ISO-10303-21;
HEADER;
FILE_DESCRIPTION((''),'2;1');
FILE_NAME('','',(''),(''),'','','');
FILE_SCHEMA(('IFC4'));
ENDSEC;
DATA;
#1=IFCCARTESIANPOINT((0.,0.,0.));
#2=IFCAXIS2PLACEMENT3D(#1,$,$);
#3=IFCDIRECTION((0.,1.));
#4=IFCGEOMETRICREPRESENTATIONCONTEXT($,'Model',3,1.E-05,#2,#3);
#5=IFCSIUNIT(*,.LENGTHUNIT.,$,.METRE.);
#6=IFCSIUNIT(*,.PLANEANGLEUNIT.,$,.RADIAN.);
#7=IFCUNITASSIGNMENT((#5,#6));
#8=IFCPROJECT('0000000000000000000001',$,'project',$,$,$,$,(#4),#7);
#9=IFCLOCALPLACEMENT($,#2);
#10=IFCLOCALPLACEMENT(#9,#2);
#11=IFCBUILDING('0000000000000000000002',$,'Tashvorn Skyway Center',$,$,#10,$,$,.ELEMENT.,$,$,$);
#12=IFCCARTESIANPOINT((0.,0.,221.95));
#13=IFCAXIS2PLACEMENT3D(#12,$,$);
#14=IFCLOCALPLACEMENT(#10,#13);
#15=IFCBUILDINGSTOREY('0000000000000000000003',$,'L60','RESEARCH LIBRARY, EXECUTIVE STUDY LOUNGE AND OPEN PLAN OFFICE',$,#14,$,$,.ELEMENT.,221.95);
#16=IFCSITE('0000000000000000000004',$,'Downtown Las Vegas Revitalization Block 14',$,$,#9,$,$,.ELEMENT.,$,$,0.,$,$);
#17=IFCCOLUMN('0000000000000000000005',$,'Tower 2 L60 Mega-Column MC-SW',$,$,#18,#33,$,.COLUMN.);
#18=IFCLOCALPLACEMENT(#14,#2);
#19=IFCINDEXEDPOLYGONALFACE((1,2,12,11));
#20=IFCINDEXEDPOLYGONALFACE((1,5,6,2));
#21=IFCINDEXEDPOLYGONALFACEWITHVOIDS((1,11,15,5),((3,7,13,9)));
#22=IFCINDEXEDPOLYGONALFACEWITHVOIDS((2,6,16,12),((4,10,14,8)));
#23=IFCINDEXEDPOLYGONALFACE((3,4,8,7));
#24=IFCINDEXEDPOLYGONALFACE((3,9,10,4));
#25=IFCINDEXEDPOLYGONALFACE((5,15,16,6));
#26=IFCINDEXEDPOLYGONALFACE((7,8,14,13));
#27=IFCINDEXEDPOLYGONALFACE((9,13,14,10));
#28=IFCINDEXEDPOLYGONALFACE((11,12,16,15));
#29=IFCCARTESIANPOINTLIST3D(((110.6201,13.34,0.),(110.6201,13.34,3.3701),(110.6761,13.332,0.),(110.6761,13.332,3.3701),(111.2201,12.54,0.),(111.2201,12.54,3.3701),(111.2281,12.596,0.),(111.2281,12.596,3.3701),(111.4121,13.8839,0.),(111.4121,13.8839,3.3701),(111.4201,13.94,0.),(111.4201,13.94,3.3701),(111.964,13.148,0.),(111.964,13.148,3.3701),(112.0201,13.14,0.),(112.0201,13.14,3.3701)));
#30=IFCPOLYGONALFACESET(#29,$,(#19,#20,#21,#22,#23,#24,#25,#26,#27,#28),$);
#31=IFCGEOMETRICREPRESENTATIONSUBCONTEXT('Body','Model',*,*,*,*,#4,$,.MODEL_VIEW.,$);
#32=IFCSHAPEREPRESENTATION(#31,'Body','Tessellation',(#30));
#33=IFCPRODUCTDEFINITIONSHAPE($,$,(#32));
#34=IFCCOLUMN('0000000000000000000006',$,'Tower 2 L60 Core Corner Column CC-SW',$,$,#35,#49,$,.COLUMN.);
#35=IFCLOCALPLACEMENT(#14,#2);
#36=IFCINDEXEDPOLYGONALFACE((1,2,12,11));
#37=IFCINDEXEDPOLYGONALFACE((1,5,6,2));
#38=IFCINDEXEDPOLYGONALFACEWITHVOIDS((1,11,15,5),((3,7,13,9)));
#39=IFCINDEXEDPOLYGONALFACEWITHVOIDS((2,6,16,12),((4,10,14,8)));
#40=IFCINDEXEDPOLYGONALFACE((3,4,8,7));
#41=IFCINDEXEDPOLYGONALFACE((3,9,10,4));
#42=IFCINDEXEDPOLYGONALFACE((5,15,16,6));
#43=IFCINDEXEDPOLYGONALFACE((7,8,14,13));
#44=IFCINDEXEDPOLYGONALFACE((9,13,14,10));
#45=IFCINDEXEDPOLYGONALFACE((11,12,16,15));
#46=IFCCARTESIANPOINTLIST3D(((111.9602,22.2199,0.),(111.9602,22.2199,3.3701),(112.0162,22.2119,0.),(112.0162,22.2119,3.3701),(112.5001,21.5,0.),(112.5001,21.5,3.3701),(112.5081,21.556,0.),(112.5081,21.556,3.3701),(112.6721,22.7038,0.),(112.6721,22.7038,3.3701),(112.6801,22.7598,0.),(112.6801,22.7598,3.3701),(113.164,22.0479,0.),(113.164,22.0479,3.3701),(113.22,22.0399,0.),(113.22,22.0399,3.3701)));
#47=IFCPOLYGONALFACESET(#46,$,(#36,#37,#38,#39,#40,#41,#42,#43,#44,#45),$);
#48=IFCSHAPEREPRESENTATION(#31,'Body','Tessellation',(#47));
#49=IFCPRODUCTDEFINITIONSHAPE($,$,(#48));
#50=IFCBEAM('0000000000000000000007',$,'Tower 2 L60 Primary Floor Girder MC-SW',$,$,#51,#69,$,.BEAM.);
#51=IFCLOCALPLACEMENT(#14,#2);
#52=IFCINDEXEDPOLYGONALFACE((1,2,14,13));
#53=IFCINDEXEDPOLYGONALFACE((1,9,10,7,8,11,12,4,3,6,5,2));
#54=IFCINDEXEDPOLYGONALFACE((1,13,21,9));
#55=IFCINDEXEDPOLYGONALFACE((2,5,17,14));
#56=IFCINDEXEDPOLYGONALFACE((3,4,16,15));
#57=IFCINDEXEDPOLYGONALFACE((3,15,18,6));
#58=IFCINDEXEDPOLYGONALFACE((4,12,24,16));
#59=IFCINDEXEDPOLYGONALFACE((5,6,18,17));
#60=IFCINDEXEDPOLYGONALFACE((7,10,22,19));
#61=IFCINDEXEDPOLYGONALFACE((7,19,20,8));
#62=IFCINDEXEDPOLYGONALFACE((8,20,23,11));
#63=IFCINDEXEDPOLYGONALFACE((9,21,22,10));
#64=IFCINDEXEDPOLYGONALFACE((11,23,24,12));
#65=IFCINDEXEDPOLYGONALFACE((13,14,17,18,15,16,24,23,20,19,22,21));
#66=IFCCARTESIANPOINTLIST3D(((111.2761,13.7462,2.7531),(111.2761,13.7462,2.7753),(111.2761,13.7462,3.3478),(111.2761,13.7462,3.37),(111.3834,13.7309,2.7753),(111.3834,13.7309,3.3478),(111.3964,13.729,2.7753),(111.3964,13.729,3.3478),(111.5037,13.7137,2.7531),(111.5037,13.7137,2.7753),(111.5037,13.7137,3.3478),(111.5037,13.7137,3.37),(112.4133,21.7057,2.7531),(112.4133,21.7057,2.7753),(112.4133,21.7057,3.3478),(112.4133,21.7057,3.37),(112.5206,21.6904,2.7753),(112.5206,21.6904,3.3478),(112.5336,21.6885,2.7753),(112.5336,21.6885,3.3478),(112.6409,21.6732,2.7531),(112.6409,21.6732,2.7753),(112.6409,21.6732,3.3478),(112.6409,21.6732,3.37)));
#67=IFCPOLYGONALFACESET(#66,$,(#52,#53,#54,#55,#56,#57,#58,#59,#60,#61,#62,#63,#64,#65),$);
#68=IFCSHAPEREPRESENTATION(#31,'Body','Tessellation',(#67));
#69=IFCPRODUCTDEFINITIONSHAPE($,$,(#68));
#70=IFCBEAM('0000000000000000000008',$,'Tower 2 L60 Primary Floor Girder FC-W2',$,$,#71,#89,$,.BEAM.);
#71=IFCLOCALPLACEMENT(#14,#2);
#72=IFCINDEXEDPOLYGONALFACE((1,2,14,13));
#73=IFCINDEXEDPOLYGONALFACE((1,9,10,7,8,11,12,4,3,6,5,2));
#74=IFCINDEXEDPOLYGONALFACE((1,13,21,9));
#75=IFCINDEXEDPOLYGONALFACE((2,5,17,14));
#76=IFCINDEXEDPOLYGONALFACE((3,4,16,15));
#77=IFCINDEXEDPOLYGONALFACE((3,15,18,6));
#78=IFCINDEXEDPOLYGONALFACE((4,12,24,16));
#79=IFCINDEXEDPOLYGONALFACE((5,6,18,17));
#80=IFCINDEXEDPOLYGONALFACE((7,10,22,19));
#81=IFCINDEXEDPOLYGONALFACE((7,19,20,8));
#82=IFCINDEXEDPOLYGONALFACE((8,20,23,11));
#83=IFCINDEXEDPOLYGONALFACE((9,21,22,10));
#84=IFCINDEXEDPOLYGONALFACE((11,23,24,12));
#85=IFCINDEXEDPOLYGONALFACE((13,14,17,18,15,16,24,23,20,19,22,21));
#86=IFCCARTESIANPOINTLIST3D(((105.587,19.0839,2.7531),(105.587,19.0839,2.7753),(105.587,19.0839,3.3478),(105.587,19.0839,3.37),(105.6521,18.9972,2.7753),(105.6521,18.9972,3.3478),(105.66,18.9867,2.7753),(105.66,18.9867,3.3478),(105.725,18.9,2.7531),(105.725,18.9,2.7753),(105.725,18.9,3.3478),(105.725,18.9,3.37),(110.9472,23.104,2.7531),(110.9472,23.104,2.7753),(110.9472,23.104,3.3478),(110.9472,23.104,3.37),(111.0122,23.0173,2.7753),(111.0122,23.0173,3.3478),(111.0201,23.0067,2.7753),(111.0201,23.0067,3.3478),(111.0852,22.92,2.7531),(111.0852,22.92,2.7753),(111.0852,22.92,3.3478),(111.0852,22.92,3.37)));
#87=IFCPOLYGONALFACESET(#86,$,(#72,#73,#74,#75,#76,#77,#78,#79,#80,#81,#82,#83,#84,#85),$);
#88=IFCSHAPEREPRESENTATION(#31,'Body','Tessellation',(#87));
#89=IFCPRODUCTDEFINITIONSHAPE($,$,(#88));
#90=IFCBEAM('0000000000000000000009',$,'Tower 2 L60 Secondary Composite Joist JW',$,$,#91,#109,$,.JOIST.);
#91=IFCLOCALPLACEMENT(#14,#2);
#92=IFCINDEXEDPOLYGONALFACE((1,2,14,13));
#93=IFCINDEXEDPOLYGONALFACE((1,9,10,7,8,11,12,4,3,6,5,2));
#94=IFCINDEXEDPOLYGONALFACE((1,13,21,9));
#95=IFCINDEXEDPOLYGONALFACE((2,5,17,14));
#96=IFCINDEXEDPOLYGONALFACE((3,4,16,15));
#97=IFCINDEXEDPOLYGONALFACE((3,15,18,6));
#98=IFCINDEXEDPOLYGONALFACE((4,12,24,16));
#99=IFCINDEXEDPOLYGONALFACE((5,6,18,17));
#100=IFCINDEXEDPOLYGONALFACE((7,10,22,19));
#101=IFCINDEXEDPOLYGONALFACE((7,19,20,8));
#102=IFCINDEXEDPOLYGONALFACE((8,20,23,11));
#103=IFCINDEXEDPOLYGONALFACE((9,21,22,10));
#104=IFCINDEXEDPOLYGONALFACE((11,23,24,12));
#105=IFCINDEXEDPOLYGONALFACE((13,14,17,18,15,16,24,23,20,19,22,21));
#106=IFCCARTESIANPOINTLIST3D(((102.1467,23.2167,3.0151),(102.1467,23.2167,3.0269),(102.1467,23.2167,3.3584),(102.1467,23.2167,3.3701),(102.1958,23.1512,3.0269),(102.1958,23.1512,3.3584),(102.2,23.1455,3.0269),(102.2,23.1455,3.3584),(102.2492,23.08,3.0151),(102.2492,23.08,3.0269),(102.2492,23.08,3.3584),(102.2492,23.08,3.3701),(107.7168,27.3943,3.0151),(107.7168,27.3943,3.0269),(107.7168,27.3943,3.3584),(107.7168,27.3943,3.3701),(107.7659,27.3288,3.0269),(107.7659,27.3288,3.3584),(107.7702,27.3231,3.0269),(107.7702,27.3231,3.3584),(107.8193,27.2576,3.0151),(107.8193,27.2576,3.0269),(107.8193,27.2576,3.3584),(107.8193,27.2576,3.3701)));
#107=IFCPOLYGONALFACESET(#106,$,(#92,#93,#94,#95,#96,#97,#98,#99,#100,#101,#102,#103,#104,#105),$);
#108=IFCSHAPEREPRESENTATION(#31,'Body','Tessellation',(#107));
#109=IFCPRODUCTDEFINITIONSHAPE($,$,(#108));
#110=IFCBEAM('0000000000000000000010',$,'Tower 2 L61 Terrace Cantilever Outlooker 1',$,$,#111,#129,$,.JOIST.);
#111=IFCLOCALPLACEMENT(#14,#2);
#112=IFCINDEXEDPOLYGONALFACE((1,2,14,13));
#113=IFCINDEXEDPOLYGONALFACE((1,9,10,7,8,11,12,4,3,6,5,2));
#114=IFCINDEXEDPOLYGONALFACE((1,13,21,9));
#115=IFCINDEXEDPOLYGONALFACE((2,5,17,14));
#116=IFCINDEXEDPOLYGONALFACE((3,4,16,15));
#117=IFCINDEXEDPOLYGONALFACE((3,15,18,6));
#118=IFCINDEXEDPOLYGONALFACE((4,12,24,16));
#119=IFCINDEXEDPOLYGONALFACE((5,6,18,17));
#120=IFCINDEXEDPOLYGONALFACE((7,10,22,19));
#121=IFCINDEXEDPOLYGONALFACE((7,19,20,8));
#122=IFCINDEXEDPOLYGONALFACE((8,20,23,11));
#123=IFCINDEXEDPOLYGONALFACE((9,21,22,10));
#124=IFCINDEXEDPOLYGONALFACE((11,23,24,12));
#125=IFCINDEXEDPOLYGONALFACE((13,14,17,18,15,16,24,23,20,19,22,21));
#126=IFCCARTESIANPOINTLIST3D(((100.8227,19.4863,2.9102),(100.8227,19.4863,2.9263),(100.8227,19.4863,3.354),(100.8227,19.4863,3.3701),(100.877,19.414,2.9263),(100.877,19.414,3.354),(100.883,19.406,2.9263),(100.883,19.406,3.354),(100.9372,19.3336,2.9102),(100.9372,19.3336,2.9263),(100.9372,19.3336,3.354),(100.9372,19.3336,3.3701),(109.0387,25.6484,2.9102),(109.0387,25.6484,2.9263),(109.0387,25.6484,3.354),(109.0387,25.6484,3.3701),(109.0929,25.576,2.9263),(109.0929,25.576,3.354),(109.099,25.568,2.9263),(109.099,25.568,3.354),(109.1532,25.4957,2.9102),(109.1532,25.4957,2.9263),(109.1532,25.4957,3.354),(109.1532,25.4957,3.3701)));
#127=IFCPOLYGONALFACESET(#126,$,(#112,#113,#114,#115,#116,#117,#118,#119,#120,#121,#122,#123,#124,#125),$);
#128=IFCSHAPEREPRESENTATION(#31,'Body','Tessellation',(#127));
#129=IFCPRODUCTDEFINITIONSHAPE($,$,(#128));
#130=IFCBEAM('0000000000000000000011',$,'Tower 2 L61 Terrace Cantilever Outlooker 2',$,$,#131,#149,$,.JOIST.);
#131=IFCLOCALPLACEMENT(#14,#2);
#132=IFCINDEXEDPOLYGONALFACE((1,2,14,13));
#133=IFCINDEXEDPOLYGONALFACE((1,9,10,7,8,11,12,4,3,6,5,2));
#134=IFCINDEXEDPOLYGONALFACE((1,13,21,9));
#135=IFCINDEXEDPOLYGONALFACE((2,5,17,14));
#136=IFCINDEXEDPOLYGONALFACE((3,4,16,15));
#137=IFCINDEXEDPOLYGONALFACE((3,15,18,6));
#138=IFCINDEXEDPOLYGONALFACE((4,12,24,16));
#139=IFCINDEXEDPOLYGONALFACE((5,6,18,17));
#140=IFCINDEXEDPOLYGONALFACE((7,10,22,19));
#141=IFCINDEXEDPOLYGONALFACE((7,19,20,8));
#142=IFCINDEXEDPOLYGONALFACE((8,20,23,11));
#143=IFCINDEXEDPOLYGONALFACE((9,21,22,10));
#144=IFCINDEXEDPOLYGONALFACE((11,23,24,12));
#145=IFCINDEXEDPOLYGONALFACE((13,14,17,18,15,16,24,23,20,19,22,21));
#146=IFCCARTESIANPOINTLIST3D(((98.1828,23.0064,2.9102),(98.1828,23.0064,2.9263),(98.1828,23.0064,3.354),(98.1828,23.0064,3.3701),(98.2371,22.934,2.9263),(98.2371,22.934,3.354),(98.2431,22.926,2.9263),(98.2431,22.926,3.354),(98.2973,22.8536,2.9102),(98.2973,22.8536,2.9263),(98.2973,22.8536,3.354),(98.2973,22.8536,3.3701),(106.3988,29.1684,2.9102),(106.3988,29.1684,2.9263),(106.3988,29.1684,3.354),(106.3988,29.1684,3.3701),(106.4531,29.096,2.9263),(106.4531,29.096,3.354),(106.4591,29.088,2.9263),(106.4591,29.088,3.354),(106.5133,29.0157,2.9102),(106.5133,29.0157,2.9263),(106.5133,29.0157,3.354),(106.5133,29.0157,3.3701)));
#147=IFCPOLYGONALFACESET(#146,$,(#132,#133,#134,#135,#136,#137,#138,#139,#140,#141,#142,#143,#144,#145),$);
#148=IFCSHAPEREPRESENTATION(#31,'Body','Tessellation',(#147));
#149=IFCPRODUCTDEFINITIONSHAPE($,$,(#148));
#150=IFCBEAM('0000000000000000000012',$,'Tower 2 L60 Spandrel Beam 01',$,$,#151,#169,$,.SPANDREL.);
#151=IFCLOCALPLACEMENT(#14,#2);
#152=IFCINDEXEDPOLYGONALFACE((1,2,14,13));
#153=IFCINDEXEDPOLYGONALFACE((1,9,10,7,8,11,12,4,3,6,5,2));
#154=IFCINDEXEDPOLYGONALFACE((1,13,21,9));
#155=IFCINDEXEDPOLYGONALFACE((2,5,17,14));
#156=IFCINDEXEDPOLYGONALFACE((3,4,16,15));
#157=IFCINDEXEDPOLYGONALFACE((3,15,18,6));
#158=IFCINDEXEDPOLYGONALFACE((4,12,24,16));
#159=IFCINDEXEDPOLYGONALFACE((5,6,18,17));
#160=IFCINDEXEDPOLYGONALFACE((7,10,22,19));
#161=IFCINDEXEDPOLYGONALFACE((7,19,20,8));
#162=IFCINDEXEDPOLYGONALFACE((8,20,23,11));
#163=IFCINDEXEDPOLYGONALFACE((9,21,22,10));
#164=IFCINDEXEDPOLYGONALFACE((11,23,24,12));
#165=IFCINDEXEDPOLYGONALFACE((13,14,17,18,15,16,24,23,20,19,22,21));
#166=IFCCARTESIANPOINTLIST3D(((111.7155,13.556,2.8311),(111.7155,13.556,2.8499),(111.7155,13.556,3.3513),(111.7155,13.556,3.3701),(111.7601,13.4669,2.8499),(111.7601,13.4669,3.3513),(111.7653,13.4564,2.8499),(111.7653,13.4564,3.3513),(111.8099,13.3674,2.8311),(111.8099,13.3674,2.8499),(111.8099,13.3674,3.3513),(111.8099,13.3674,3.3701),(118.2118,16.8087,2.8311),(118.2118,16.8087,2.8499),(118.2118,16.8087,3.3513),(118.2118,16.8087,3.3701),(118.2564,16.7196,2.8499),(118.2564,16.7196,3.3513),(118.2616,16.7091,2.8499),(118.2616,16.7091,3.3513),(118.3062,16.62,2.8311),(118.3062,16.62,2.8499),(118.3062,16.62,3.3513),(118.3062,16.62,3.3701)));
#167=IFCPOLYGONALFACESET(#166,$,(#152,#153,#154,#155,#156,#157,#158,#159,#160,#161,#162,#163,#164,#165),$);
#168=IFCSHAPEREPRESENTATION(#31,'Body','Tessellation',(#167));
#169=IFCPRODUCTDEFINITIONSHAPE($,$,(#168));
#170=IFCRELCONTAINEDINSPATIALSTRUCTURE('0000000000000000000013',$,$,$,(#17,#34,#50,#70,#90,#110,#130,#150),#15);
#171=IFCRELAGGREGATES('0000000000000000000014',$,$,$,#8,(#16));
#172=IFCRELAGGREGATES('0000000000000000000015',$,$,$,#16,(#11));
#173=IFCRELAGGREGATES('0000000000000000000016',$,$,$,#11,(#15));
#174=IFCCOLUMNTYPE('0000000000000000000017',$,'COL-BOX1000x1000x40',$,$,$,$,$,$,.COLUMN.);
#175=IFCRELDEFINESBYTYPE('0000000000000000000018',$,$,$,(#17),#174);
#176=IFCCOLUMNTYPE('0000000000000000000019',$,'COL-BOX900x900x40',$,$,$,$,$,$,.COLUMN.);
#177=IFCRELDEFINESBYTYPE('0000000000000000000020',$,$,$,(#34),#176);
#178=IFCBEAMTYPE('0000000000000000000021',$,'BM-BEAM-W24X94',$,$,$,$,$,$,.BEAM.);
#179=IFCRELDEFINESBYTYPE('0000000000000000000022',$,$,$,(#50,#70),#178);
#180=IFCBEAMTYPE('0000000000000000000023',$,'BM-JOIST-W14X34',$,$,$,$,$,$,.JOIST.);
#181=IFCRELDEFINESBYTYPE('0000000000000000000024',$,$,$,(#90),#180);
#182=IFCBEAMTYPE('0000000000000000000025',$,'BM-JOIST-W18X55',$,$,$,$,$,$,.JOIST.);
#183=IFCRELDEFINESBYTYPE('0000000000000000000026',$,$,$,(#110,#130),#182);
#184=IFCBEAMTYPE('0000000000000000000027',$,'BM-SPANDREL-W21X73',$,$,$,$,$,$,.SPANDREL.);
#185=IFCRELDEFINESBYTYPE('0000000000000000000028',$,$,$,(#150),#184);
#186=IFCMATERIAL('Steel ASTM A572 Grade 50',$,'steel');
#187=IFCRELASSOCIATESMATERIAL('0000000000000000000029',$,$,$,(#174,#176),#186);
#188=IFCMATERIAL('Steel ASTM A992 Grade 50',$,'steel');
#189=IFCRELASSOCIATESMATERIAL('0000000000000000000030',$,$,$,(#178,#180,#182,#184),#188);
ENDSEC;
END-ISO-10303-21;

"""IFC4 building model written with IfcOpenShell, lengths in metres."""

from ifc_helpers import new_model, si_unit, direction, frame, origin, origin_2d, place, context, subcontext, project, spatial, hollow_rectangle, i_section, extrude, material, material_profile, profile_set, type_object, element, save


model = new_model("IFC4")

# Units and contexts
model_context = context("Model", 3, precision=1e-05, world=origin(), true_north=direction((0.0, 1.0)))
body_context = subcontext(model_context, "Body", "Model", "MODEL_VIEW")
ifc_project = project(units=[si_unit("LENGTHUNIT", "METRE"), si_unit("PLANEANGLEUNIT", "RADIAN")], contexts=[model_context])

# Site, building, storey
site_placement = place(None, origin())
site = spatial("IfcSite", under=ifc_project, at=site_placement, Name="Downtown Las Vegas Revitalization Block 14", CompositionType="ELEMENT", RefElevation=0.0)
building_placement = place(site_placement, origin())
building = spatial("IfcBuilding", under=site, at=building_placement, Name="Tashvorn Skyway Center", CompositionType="ELEMENT")
storey_placement = place(building_placement, frame((0.0, 0.0, 221.95)))
storey = spatial("IfcBuildingStorey", under=building, at=storey_placement, Name="L60", Description="RESEARCH LIBRARY, EXECUTIVE STUDY LOUNGE AND OPEN PLAN OFFICE", CompositionType="ELEMENT", Elevation=221.95)

# Columns
ifc_material_1 = material(Name="Steel ASTM A572 Grade 50", Category="steel")
ifc_material_profile_1 = material_profile(ifc_material_1, hollow_rectangle(XDim=1.0, YDim=1.0, WallThickness=0.04, at=origin_2d()), Name="BOX1000x1000x40")
ifc_profile_set_1 = profile_set([ifc_material_profile_1], Name="Steel ASTM A572 Grade 50")
column_type_1 = type_object("IfcColumnType", Name="COL-BOX1000x1000x40", PredefinedType="COLUMN", material=ifc_profile_set_1)
column_1_placement = place(storey_placement, frame((111.3201, 13.24, 0.0), z_axis=(0.0, 0.0, 1.0), x_axis=(0.8, 0.6, 0.0)))
element("IfcColumn", 1, at=column_1_placement, inside=storey, type_object=column_type_1, Name="Tower 2 L60 Mega-Column MC-SW", PredefinedType="COLUMN", context=body_context, shape_type="SweptSolid", body=[
    extrude(hollow_rectangle(XDim=1.0, YDim=1.0, WallThickness=0.04, at=origin_2d()), origin(), (0.0, 0.0, 1.0), 3.3701),
])
ifc_material_profile_2 = material_profile(ifc_material_1, hollow_rectangle(XDim=0.8999, YDim=0.8999, WallThickness=0.04, at=origin_2d()), Name="BOX900x900x40")
ifc_profile_set_2 = profile_set([ifc_material_profile_2], Name="Steel ASTM A572 Grade 50")
column_type_2 = type_object("IfcColumnType", Name="COL-BOX900x900x40", PredefinedType="COLUMN", material=ifc_profile_set_2)
column_2_placement = place(storey_placement, frame((112.5901, 22.1299, 0.0), z_axis=(0.0, 0.0, 1.0), x_axis=(0.8, 0.6, 0.0)))
element("IfcColumn", 2, at=column_2_placement, inside=storey, type_object=column_type_2, Name="Tower 2 L60 Core Corner Column CC-SW", PredefinedType="COLUMN", context=body_context, shape_type="SweptSolid", body=[
    extrude(hollow_rectangle(XDim=0.8999, YDim=0.8999, WallThickness=0.04, at=origin_2d()), origin(), (0.0, 0.0, 1.0), 3.3701),
])

# Beams
ifc_material_2 = material(Name="Steel ASTM A992 Grade 50", Category="steel")
ifc_material_profile_3 = material_profile(ifc_material_2, i_section(OverallWidth=0.23, OverallDepth=0.6169, WebThickness=0.0132, FlangeThickness=0.0222, at=origin_2d()), Name="W24X94")
ifc_profile_set_3 = profile_set([ifc_material_profile_3], Name="Steel ASTM A992 Grade 50")
beam_type_1 = type_object("IfcBeamType", Name="BM-BEAM-W24X94", PredefinedType="BEAM", material=ifc_profile_set_3)
beam_1_placement = place(storey_placement, frame((111.3899, 13.73, 3.0615), z_axis=(0.141438, 0.989947, 0.0), x_axis=(-0.989947, 0.141438, 0.0)))
element("IfcBeam", 3, at=beam_1_placement, inside=storey, type_object=beam_type_1, Name="Tower 2 L60 Primary Floor Girder MC-SW", PredefinedType="BEAM", context=body_context, shape_type="SweptSolid", body=[
    extrude(i_section(OverallWidth=0.23, OverallDepth=0.6169, WebThickness=0.0132, FlangeThickness=0.0222, at=origin_2d()), origin(), (0.0, 0.0, 1.0), 8.0403),
])
beam_2_placement = place(storey_placement, frame((105.656, 18.9919, 3.0615), z_axis=(0.800004, 0.599994, 0.0), x_axis=(-0.599994, 0.800004, 0.0)))
element("IfcBeam", 4, at=beam_2_placement, inside=storey, type_object=beam_type_1, Name="Tower 2 L60 Primary Floor Girder FC-W2", PredefinedType="BEAM", context=body_context, shape_type="SweptSolid", body=[
    extrude(i_section(OverallWidth=0.23, OverallDepth=0.6169, WebThickness=0.0132, FlangeThickness=0.0222, at=origin_2d()), origin(), (0.0, 0.0, 1.0), 6.7002),
])
ifc_material_profile_4 = material_profile(ifc_material_2, i_section(OverallWidth=0.1709, OverallDepth=0.355, WebThickness=0.0071, FlangeThickness=0.0117, at=origin_2d()), Name="W14X34")
ifc_profile_set_4 = profile_set([ifc_material_profile_4], Name="Steel ASTM A992 Grade 50")
beam_type_2 = type_object("IfcBeamType", Name="BM-JOIST-W14X34", PredefinedType="JOIST", material=ifc_profile_set_4)
beam_3_placement = place(storey_placement, frame((107.7681, 27.3259, 3.1926), z_axis=(-0.800004, -0.599994, 0.0), x_axis=(0.599994, -0.800004, 0.0)))
element("IfcBeam", 5, at=beam_3_placement, inside=storey, type_object=beam_type_2, Name="Tower 2 L60 Secondary Composite Joist JW", PredefinedType="JOIST", context=body_context, shape_type="SweptSolid", body=[
    extrude(i_section(OverallWidth=0.1709, OverallDepth=0.355, WebThickness=0.0071, FlangeThickness=0.0117, at=origin_2d()), origin(), (0.0, 0.0, 1.0), 6.9626),
])
ifc_material_profile_5 = material_profile(ifc_material_2, i_section(OverallWidth=0.1909, OverallDepth=0.46, WebThickness=0.01, FlangeThickness=0.0161, at=origin_2d()), Name="W18X55")
ifc_profile_set_5 = profile_set([ifc_material_profile_5], Name="Steel ASTM A992 Grade 50")
beam_type_3 = type_object("IfcBeamType", Name="BM-JOIST-W18X55", PredefinedType="JOIST", material=ifc_profile_set_5)
for number, where, z_axis, x_axis, name in (
    (6, (109.0959, 25.572, 3.1401), (-0.799997, -0.600004, 0.0), (0.600004, -0.799997, 0.0), "Tower 2 L61 Terrace Cantilever Outlooker 1"),
    (7, (106.4561, 29.092, 3.1401), (-0.799997, -0.600004, 0.0), (0.600004, -0.799997, 0.0), "Tower 2 L61 Terrace Cantilever Outlooker 2"),
):
    element("IfcBeam", number, at=place(storey_placement, frame(where, z_axis=z_axis, x_axis=x_axis)), inside=storey, type_object=beam_type_3, Name=name, PredefinedType="JOIST", context=body_context, shape_type="SweptSolid", body=[
        extrude(i_section(OverallWidth=0.1909, OverallDepth=0.46, WebThickness=0.01, FlangeThickness=0.0161, at=origin_2d()), origin(), (0.0, 0.0, 1.0), 10.27),
    ])
ifc_material_profile_6 = material_profile(ifc_material_2, i_section(OverallWidth=0.2109, OverallDepth=0.5391, WebThickness=0.0117, FlangeThickness=0.0188, at=origin_2d()), Name="W21X73")
ifc_profile_set_6 = profile_set([ifc_material_profile_6], Name="Steel ASTM A992 Grade 50")
beam_type_4 = type_object("IfcBeamType", Name="BM-SPANDREL-W21X73", PredefinedType="SPANDREL", material=ifc_profile_set_6)
beam_4_placement = place(storey_placement, frame((111.7627, 13.4617, 3.1006), z_axis=(0.894178, 0.447711, 0.0), x_axis=(-0.447711, 0.894178, 0.0)))
element("IfcBeam", 8, at=beam_4_placement, inside=storey, type_object=beam_type_4, Name="Tower 2 L60 Spandrel Beam 01", PredefinedType="SPANDREL", context=body_context, shape_type="SweptSolid", body=[
    extrude(i_section(OverallWidth=0.2109, OverallDepth=0.5391, WebThickness=0.0117, FlangeThickness=0.0188, at=origin_2d()), origin(), (0.0, 0.0, 1.0), 7.2651),
])

save(model, "model.ifc")
